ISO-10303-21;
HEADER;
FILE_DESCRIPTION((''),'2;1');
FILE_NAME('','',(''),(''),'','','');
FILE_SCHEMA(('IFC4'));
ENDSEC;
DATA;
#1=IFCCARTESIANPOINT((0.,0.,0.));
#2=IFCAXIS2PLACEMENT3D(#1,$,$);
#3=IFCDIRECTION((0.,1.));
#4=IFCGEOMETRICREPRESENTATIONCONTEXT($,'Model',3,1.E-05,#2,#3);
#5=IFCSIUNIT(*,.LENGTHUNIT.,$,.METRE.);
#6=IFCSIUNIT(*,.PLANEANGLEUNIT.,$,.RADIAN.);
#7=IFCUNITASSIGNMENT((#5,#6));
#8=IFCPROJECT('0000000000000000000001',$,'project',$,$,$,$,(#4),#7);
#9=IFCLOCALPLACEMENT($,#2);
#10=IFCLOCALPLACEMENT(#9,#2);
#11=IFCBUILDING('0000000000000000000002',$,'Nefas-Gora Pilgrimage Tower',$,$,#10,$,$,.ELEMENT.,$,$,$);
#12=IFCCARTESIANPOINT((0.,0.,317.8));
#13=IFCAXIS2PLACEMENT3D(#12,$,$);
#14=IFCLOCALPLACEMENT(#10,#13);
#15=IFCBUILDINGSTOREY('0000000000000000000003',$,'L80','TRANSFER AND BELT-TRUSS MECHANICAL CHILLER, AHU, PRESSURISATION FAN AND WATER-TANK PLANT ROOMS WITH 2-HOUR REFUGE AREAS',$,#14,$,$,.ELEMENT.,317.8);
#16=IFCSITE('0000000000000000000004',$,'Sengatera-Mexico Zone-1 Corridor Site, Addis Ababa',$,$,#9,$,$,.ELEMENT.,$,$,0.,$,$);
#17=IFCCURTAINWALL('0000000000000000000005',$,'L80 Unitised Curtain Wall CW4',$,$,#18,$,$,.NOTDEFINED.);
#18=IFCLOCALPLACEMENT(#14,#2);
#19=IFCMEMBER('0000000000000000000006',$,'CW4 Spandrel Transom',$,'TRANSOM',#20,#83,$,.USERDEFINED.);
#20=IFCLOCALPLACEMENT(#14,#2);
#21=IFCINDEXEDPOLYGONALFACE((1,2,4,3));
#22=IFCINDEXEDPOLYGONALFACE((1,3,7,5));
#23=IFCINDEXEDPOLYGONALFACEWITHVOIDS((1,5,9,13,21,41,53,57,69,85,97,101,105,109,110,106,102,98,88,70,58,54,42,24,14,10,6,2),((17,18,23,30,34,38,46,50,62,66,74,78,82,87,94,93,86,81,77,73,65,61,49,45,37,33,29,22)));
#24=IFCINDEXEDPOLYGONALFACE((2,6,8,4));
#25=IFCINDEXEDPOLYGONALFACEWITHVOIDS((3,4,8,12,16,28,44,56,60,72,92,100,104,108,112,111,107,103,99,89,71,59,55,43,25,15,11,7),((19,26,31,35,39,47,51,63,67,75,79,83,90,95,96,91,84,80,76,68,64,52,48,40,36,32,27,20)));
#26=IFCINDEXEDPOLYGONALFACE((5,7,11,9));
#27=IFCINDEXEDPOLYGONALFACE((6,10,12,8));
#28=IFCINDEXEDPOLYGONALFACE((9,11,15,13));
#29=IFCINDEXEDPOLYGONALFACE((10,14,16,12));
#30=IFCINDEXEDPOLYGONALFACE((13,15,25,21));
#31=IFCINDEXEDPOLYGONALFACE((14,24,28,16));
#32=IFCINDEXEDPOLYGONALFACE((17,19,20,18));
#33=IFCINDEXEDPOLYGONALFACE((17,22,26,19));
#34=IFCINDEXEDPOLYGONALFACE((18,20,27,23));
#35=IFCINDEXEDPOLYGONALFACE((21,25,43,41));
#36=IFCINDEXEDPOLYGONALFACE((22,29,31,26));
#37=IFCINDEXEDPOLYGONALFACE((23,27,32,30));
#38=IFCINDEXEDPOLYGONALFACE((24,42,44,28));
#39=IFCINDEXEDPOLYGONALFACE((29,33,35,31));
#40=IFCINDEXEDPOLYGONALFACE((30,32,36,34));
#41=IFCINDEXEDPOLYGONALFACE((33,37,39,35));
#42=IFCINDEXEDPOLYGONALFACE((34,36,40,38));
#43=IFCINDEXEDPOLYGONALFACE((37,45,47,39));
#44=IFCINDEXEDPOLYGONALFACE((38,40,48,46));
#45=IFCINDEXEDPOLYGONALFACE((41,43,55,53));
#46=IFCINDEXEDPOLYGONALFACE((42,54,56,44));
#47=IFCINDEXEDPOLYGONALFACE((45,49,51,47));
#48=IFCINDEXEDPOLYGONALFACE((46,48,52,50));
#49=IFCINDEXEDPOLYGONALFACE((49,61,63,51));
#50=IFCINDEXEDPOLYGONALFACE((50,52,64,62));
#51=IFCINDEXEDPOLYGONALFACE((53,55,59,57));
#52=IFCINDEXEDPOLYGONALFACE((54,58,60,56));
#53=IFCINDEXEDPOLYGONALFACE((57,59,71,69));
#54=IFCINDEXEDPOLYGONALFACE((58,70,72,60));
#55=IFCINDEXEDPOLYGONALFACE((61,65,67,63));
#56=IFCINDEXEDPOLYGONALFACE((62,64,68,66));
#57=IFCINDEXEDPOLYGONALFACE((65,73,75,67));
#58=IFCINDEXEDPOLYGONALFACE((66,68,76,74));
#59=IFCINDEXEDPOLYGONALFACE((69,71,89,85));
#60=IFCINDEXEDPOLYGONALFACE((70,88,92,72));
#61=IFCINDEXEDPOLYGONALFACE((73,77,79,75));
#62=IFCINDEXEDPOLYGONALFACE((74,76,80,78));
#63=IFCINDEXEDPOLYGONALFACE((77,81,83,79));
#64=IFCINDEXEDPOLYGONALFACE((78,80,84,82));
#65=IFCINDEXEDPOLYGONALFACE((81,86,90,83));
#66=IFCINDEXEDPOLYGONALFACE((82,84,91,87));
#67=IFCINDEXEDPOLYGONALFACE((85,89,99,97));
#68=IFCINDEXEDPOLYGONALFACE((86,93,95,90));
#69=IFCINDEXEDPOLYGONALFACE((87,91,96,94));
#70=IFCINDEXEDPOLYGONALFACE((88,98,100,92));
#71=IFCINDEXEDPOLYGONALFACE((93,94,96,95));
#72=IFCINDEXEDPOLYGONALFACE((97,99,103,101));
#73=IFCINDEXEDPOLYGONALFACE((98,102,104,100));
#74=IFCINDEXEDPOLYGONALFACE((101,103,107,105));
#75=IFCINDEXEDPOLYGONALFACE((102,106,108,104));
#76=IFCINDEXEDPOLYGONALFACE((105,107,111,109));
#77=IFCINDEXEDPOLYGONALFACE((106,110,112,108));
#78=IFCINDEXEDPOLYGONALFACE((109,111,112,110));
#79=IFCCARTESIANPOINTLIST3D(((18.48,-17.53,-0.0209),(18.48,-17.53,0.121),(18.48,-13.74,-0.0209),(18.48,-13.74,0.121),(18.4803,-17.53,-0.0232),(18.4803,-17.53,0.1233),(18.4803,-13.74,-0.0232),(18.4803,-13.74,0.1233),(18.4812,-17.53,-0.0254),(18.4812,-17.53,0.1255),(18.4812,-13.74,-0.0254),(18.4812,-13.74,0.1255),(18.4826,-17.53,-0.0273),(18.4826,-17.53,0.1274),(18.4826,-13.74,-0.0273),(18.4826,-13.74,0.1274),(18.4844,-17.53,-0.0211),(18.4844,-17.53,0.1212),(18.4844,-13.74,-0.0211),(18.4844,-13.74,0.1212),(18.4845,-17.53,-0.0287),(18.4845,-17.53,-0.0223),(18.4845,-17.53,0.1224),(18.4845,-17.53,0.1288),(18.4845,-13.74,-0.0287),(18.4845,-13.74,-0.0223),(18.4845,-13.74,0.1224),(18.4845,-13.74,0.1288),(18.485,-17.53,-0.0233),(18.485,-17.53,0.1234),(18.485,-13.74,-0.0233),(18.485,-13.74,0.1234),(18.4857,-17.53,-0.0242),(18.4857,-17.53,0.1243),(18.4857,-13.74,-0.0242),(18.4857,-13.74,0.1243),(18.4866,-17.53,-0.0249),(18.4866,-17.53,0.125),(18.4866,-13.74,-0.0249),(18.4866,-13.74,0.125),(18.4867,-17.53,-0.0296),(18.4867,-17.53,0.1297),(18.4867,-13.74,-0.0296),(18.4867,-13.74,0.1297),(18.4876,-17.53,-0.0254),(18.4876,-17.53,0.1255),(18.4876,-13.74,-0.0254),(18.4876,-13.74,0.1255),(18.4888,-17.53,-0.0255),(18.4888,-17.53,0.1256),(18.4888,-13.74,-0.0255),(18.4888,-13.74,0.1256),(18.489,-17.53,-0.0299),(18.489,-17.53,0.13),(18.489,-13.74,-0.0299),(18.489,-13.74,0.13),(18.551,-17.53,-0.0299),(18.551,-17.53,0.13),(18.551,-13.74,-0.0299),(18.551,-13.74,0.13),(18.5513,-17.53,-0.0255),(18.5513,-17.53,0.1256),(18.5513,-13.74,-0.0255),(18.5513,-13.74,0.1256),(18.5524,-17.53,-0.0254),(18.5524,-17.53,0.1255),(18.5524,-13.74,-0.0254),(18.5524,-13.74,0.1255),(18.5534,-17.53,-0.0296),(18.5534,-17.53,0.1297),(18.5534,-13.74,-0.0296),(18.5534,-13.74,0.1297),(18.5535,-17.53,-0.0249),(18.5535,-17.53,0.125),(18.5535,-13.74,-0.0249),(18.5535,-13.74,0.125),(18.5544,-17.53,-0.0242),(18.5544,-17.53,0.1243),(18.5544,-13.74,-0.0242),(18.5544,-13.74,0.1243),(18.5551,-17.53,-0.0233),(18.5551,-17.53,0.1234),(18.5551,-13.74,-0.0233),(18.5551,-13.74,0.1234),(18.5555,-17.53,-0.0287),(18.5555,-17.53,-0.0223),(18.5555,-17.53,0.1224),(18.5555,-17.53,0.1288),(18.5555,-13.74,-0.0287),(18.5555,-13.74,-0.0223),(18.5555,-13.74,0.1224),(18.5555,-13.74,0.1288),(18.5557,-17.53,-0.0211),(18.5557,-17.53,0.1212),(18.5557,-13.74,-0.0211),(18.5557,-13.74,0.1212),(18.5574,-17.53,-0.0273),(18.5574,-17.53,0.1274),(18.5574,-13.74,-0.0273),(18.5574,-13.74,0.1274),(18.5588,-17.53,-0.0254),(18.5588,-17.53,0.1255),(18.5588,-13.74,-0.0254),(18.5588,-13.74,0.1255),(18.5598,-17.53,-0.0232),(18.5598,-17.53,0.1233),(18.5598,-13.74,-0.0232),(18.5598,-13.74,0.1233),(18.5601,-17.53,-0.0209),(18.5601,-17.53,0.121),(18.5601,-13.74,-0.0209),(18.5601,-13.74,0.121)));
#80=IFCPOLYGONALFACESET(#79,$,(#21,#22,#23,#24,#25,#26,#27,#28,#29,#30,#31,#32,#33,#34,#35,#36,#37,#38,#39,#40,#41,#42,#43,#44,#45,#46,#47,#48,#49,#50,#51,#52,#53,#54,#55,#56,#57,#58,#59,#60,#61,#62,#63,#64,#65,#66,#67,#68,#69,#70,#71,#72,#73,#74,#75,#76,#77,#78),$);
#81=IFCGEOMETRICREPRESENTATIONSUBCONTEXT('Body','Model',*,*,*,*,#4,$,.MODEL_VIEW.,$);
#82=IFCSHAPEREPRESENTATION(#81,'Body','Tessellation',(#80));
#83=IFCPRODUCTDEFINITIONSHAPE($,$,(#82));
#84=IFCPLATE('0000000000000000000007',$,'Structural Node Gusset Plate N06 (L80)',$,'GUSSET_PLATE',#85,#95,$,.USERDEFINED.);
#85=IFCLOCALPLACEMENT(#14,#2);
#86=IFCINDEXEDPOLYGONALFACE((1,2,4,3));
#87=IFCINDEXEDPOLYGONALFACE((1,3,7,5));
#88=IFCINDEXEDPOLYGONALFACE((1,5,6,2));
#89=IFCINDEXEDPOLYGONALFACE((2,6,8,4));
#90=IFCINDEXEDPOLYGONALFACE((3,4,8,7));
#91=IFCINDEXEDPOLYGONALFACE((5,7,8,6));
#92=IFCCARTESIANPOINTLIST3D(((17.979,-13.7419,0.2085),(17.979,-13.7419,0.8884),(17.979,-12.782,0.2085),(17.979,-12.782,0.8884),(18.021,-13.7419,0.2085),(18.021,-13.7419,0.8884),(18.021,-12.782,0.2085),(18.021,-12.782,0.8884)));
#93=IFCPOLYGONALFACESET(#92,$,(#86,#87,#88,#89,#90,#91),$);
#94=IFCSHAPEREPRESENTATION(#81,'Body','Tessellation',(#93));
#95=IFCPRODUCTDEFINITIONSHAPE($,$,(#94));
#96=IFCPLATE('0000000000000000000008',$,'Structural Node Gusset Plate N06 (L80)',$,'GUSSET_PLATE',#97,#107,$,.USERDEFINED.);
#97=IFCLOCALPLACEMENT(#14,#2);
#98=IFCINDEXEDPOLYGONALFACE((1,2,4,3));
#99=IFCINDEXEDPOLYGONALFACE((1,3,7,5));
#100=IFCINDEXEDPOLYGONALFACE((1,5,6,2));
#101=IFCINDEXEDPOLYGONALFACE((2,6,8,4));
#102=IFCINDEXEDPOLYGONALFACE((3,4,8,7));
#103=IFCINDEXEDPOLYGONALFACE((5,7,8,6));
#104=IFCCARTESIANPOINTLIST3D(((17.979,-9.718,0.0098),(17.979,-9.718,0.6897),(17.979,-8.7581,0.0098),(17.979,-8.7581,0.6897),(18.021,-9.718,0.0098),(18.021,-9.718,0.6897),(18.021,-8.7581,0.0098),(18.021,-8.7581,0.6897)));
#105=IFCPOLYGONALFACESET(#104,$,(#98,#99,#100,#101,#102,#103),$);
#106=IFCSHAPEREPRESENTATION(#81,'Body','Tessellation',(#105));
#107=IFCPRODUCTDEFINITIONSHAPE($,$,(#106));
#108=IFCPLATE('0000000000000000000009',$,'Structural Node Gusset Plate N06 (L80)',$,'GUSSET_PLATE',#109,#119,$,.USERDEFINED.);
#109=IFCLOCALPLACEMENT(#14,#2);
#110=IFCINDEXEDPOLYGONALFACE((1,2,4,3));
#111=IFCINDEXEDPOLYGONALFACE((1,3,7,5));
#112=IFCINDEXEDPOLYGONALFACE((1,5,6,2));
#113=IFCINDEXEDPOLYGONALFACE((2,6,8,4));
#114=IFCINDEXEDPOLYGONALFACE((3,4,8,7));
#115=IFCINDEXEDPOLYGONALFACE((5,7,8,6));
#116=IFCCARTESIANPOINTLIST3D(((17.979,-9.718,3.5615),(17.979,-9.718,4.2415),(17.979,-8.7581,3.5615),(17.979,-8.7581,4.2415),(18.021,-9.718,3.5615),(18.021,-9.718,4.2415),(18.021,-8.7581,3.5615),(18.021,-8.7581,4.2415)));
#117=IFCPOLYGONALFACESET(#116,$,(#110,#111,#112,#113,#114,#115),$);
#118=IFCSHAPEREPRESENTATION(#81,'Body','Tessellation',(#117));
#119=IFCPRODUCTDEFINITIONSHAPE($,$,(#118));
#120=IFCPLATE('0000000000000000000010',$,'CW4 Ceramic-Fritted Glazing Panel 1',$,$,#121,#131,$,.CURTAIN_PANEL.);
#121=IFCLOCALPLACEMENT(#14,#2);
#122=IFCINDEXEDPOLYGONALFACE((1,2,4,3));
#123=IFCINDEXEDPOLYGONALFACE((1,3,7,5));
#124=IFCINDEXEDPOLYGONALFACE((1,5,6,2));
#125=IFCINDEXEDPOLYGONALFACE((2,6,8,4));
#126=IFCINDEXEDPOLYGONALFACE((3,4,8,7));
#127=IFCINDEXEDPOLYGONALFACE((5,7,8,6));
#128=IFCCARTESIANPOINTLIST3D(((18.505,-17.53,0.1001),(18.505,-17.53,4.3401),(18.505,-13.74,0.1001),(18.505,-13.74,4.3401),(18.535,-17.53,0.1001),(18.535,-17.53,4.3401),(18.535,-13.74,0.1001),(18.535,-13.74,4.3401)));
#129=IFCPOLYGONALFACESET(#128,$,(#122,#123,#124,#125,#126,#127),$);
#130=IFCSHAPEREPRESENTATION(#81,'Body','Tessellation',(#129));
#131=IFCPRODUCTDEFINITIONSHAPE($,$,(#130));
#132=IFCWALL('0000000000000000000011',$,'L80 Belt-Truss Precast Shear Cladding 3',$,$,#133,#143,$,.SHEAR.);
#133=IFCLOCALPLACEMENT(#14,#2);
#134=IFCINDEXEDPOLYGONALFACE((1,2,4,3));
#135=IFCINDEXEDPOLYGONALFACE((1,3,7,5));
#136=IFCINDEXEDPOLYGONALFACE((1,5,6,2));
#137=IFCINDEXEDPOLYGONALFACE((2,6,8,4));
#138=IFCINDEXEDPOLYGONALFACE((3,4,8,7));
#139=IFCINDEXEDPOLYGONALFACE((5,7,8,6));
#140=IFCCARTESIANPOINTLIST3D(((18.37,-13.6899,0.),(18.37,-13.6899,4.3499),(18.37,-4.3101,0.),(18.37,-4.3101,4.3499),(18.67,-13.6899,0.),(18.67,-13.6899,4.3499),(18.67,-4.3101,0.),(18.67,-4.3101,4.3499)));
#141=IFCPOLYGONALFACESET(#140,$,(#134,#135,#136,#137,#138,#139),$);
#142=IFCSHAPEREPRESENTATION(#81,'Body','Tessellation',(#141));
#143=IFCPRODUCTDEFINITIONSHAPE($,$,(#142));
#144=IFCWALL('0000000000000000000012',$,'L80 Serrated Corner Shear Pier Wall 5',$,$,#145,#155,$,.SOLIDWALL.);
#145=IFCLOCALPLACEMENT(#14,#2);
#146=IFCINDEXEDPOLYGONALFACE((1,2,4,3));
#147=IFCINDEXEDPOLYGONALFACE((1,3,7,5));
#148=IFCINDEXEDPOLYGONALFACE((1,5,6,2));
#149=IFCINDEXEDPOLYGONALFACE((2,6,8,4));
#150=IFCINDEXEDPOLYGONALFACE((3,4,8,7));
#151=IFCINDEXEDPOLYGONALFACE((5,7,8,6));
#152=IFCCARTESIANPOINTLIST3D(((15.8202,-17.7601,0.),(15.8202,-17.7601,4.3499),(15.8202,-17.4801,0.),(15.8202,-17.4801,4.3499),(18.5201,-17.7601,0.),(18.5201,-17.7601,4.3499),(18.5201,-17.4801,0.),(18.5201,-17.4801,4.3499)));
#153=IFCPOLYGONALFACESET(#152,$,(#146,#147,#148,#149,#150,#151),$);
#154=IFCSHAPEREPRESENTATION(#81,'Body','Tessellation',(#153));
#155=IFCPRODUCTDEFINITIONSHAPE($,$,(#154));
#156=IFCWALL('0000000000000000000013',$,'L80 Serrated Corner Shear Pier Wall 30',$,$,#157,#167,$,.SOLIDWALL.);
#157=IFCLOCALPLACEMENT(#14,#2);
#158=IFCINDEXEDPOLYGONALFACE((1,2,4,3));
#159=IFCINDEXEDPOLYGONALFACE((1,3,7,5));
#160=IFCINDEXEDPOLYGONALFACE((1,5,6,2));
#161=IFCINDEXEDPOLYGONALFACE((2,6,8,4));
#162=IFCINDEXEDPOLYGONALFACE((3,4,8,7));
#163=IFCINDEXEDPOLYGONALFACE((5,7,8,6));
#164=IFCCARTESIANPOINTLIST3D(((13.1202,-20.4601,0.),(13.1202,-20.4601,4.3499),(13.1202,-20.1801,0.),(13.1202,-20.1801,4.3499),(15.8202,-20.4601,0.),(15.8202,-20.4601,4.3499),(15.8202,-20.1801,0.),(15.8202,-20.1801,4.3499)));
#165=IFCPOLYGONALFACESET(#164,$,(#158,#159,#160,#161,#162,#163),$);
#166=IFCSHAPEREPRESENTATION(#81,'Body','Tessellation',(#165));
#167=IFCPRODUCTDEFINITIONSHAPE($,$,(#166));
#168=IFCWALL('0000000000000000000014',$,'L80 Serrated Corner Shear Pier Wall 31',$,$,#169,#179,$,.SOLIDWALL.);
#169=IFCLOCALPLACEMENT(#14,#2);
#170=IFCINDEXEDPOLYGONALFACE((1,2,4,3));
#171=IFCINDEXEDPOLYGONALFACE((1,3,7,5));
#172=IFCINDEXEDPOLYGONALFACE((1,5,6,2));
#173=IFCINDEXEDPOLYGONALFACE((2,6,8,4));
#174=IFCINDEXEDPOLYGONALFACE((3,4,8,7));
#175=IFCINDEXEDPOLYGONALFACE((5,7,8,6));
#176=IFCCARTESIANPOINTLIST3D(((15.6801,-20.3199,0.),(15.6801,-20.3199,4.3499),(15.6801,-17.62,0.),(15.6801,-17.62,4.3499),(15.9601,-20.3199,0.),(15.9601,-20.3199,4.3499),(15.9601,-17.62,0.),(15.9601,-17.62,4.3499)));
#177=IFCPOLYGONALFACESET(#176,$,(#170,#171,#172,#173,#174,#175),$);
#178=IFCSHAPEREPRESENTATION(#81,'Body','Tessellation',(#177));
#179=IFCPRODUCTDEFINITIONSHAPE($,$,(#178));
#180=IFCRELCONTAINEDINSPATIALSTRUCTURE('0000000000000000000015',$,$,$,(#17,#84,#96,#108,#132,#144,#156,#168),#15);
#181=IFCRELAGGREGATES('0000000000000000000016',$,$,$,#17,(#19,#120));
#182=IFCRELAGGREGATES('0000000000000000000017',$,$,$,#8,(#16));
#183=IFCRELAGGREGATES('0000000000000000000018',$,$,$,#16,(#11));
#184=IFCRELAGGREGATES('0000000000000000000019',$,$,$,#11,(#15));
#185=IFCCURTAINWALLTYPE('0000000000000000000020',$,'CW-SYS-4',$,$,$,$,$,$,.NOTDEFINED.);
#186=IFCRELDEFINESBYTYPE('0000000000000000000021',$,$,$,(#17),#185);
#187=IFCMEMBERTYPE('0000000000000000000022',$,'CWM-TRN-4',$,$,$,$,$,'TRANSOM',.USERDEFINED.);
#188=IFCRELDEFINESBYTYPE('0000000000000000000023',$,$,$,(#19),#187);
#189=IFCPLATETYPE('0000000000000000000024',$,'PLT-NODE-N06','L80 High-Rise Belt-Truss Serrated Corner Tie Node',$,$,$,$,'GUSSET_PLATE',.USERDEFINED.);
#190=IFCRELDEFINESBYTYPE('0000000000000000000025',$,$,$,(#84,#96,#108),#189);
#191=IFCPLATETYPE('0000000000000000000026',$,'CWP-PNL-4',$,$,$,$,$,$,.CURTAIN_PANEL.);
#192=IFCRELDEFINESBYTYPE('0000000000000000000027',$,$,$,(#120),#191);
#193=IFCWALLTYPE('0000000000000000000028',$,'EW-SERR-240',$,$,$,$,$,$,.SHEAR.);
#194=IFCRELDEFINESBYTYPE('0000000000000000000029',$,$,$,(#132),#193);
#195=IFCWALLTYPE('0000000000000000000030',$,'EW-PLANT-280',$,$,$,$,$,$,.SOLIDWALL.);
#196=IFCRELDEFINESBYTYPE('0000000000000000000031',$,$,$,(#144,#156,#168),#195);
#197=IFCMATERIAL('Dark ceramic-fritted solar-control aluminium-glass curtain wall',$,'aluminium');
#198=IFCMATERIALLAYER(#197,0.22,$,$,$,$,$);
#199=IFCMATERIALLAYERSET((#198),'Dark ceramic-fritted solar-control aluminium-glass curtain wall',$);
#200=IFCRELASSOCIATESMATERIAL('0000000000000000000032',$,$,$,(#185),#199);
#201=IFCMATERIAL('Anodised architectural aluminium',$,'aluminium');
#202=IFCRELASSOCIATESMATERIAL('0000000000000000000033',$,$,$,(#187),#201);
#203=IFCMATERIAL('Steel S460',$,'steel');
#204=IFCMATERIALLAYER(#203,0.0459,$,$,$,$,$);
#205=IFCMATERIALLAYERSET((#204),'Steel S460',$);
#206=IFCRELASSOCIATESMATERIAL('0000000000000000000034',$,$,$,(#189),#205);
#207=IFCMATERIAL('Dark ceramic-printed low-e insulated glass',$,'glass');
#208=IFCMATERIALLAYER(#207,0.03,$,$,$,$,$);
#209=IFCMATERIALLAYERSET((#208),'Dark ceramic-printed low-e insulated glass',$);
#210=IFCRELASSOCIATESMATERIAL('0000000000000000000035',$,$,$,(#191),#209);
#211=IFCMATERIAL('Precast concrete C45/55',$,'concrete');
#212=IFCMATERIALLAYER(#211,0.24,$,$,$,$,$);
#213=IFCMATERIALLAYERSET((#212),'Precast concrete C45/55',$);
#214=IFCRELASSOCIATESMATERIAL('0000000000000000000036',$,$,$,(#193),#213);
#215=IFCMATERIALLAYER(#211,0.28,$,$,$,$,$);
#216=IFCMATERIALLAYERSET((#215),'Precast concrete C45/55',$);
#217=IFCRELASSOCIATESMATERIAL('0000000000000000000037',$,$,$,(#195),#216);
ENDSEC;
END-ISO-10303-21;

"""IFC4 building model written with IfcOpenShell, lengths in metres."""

from ifc_helpers import new_model, si_unit, direction, frame, frame_2d, origin, origin_2d, place, context, subcontext, project, spatial, rectangle, hollow_rectangle, extrude, source, transform, mapped, material, layer, layer_set, material_profile, profile_set, type_object, element, aggregate, save


model = new_model("IFC4")

# Units and contexts
model_context = context("Model", 3, precision=1e-05, world=origin(), true_north=direction((0.0, 1.0)))
body_context = subcontext(model_context, "Body", "Model", "MODEL_VIEW")
ifc_project = project(units=[si_unit("LENGTHUNIT", "METRE"), si_unit("PLANEANGLEUNIT", "RADIAN")], contexts=[model_context])

# Site, building, storey
site_placement = place(None, origin())
site = spatial("IfcSite", under=ifc_project, at=site_placement, Name="Sengatera-Mexico Zone-1 Corridor Site, Addis Ababa", CompositionType="ELEMENT", RefElevation=0.0)
building_placement = place(site_placement, origin())
building = spatial("IfcBuilding", under=site, at=building_placement, Name="Nefas-Gora Pilgrimage Tower", CompositionType="ELEMENT")
storey_placement = place(building_placement, frame((0.0, 0.0, 317.8)))
storey = spatial("IfcBuildingStorey", under=building, at=storey_placement, Name="L80", Description="TRANSFER AND BELT-TRUSS MECHANICAL CHILLER, AHU, PRESSURISATION FAN AND WATER-TANK PLANT ROOMS WITH 2-HOUR REFUGE AREAS", CompositionType="ELEMENT", Elevation=317.8)

# Shared definitions
ifc_material_1 = material(Name="Steel S460", Category="steel")

# Curtain wall, member
ifc_material_2 = material(Name="Dark ceramic-fritted solar-control aluminium-glass curtain wall", Category="aluminium")
ifc_layer_1 = layer(ifc_material_2, 0.22)
ifc_layer_set_1 = layer_set([ifc_layer_1], Name="Dark ceramic-fritted solar-control aluminium-glass curtain wall")
curtain_wall_type = type_object("IfcCurtainWallType", Name="CW-SYS-4", PredefinedType="NOTDEFINED", material=ifc_layer_set_1)
curtain_wall_placement = place(storey_placement, origin())
curtain_wall = element("IfcCurtainWall", 1, at=curtain_wall_placement, inside=storey, type_object=curtain_wall_type, Name="L80 Unitised Curtain Wall CW4", PredefinedType="NOTDEFINED")
ifc_material_3 = material(Name="Anodised architectural aluminium", Category="aluminium")
ifc_material_profile_1 = material_profile(ifc_material_3, hollow_rectangle(XDim=0.0801, YDim=0.1599, WallThickness=0.0044, InnerFilletRadius=0.0044, OuterFilletRadius=0.009, at=origin_2d()), Name="ALU TRANSOM 80x160")
ifc_profile_set_1 = profile_set([ifc_material_profile_1], Name="Anodised architectural aluminium")
member_type_1 = type_object("IfcMemberType", Name="CWM-TRN-4", ElementType="TRANSOM", PredefinedType="USERDEFINED", material=ifc_profile_set_1)
shared_shape_1 = source(origin(), body_context, "Body", "SweptSolid", [
    extrude(hollow_rectangle(XDim=0.0801, YDim=0.1599, WallThickness=0.0044, InnerFilletRadius=0.0044, OuterFilletRadius=0.009, at=origin_2d()), origin(), (0.0, 0.0, 1.0), 3.79),
])
member_1_placement = place(storey_placement, frame((18.52, -17.53, 0.05), z_axis=(0.0, 1.0, 0.0), x_axis=(-1.0, 0.0, 0.0)))
member_1 = element("IfcMember", 2, at=member_1_placement, type_object=member_type_1, Name="CW4 Spandrel Transom", ObjectType="TRANSOM", PredefinedType="USERDEFINED", context=body_context, shape_type="MappedRepresentation", body=[
    mapped(shared_shape_1, transform((0.0, 0.0, 0.0), x_axis=(1.0, 0.0, 0.0), y_axis=(0.0, 1.0, 0.0), z_axis=(0.0, 0.0, 1.0), scale=1.0)),
])

# Plates
ifc_layer_2 = layer(ifc_material_1, 0.0459)
ifc_layer_set_2 = layer_set([ifc_layer_2], Name="Steel S460")
plate_type_1 = type_object("IfcPlateType", Name="PLT-NODE-N06", Description="L80 High-Rise Belt-Truss Serrated Corner Tie Node", ElementType="GUSSET_PLATE", PredefinedType="USERDEFINED", material=ifc_layer_set_2)
shared_shape_2 = source(origin(), body_context, "Body", "SweptSolid", [
    extrude(rectangle(XDim=0.96, YDim=0.042, at=origin_2d()), origin(), (0.0, 0.0, 1.0), 0.6799),
])
for number, where, z_axis, x_axis, name in (
    (3, (18.0, -13.262, 0.2085), (0.0, 0.0, 1.0), (0.0, 1.0, 0.0), "Structural Node Gusset Plate N06 (L80)"),
    (4, (18.0, -9.238, 0.0098), (0.0, 0.0, 1.0), (0.0, 1.0, 0.0), "Structural Node Gusset Plate N06 (L80)"),
    (5, (18.0, -9.238, 3.5615), (0.0, 0.0, 1.0), (0.0, 1.0, 0.0), "Structural Node Gusset Plate N06 (L80)"),
):
    element("IfcPlate", number, at=place(storey_placement, frame(where, z_axis=z_axis, x_axis=x_axis)), inside=storey, type_object=plate_type_1, Name=name, ObjectType="GUSSET_PLATE", PredefinedType="USERDEFINED", context=body_context, shape_type="MappedRepresentation", body=[
        mapped(shared_shape_2, transform((0.0, 0.0, 0.0), x_axis=(1.0, 0.0, 0.0), y_axis=(0.0, 1.0, 0.0), z_axis=(0.0, 0.0, 1.0), scale=1.0)),
    ])

# Plate
ifc_material_4 = material(Name="Dark ceramic-printed low-e insulated glass", Category="glass")
ifc_layer_3 = layer(ifc_material_4, 0.03)
ifc_layer_set_3 = layer_set([ifc_layer_3], Name="Dark ceramic-printed low-e insulated glass")
plate_type_2 = type_object("IfcPlateType", Name="CWP-PNL-4", PredefinedType="CURTAIN_PANEL", material=ifc_layer_set_3)
shared_shape_3 = source(origin(), body_context, "Body", "SweptSolid", [
    extrude(rectangle(XDim=3.79, YDim=0.03, at=origin_2d()), origin(), (0.0, 0.0, 1.0), 4.24),
])
plate_placement = place(storey_placement, frame((18.52, -15.635, 0.1001), z_axis=(0.0, 0.0, 1.0), x_axis=(0.0, 1.0, 0.0)))
plate = element("IfcPlate", 6, at=plate_placement, type_object=plate_type_2, Name="CW4 Ceramic-Fritted Glazing Panel 1", PredefinedType="CURTAIN_PANEL", context=body_context, shape_type="MappedRepresentation", body=[
    mapped(shared_shape_3, transform((0.0, 0.0, 0.0), x_axis=(1.0, 0.0, 0.0), y_axis=(0.0, 1.0, 0.0), z_axis=(0.0, 0.0, 1.0), scale=1.0)),
])
aggregate(curtain_wall, [member_1, plate])

# Walls
ifc_material_5 = material(Name="Precast concrete C45/55", Category="concrete")
ifc_layer_4 = layer(ifc_material_5, 0.24)
ifc_layer_set_4 = layer_set([ifc_layer_4], Name="Precast concrete C45/55")
wall_type_1 = type_object("IfcWallType", Name="EW-SERR-240", PredefinedType="SHEAR", material=ifc_layer_set_4)
shared_shape_4 = source(origin(), body_context, "Body", "SweptSolid", [
    extrude(rectangle(XDim=9.3799, YDim=0.3, at=frame_2d((4.6899, 0.0))), origin(), (0.0, 0.0, 1.0), 4.3499),
])
wall_1_placement = place(storey_placement, frame((18.52, -13.6899, 0.0), z_axis=(0.0, 0.0, 1.0), x_axis=(0.0, 1.0, 0.0)))
element("IfcWall", 7, at=wall_1_placement, inside=storey, type_object=wall_type_1, Name="L80 Belt-Truss Precast Shear Cladding 3", PredefinedType="SHEAR", context=body_context, shape_type="MappedRepresentation", body=[
    mapped(shared_shape_4, transform((0.0, 0.0, 0.0), x_axis=(1.0, 0.0, 0.0), y_axis=(0.0, 1.0, 0.0), z_axis=(0.0, 0.0, 1.0), scale=1.0)),
])
ifc_layer_5 = layer(ifc_material_5, 0.28)
ifc_layer_set_5 = layer_set([ifc_layer_5], Name="Precast concrete C45/55")
wall_type_2 = type_object("IfcWallType", Name="EW-PLANT-280", PredefinedType="SOLIDWALL", material=ifc_layer_set_5)
shared_shape_5 = source(origin(), body_context, "Body", "SweptSolid", [
    extrude(rectangle(XDim=2.7, YDim=0.28, at=frame_2d((1.3501, 0.0))), origin(), (0.0, 0.0, 1.0), 4.3499),
])
for number, where, z_axis, x_axis, name in (
    (8, (15.8201, -17.6201, 0.0), (0.0, 0.0, 1.0), (1.0, 0.0, 0.0), "L80 Serrated Corner Shear Pier Wall 5"),
    (9, (13.1201, -20.3201, 0.0), (0.0, 0.0, 1.0), (1.0, 0.0, 0.0), "L80 Serrated Corner Shear Pier Wall 30"),
    (10, (15.8201, -20.3201, 0.0), (0.0, 0.0, 1.0), (0.0, 1.0, 0.0), "L80 Serrated Corner Shear Pier Wall 31"),
):
    element("IfcWall", number, at=place(storey_placement, frame(where, z_axis=z_axis, x_axis=x_axis)), inside=storey, type_object=wall_type_2, Name=name, PredefinedType="SOLIDWALL", context=body_context, shape_type="MappedRepresentation", body=[
        mapped(shared_shape_5, transform((0.0, 0.0, 0.0), x_axis=(1.0, 0.0, 0.0), y_axis=(0.0, 1.0, 0.0), z_axis=(0.0, 0.0, 1.0), scale=1.0)),
    ])

save(model, "model.ifc")
